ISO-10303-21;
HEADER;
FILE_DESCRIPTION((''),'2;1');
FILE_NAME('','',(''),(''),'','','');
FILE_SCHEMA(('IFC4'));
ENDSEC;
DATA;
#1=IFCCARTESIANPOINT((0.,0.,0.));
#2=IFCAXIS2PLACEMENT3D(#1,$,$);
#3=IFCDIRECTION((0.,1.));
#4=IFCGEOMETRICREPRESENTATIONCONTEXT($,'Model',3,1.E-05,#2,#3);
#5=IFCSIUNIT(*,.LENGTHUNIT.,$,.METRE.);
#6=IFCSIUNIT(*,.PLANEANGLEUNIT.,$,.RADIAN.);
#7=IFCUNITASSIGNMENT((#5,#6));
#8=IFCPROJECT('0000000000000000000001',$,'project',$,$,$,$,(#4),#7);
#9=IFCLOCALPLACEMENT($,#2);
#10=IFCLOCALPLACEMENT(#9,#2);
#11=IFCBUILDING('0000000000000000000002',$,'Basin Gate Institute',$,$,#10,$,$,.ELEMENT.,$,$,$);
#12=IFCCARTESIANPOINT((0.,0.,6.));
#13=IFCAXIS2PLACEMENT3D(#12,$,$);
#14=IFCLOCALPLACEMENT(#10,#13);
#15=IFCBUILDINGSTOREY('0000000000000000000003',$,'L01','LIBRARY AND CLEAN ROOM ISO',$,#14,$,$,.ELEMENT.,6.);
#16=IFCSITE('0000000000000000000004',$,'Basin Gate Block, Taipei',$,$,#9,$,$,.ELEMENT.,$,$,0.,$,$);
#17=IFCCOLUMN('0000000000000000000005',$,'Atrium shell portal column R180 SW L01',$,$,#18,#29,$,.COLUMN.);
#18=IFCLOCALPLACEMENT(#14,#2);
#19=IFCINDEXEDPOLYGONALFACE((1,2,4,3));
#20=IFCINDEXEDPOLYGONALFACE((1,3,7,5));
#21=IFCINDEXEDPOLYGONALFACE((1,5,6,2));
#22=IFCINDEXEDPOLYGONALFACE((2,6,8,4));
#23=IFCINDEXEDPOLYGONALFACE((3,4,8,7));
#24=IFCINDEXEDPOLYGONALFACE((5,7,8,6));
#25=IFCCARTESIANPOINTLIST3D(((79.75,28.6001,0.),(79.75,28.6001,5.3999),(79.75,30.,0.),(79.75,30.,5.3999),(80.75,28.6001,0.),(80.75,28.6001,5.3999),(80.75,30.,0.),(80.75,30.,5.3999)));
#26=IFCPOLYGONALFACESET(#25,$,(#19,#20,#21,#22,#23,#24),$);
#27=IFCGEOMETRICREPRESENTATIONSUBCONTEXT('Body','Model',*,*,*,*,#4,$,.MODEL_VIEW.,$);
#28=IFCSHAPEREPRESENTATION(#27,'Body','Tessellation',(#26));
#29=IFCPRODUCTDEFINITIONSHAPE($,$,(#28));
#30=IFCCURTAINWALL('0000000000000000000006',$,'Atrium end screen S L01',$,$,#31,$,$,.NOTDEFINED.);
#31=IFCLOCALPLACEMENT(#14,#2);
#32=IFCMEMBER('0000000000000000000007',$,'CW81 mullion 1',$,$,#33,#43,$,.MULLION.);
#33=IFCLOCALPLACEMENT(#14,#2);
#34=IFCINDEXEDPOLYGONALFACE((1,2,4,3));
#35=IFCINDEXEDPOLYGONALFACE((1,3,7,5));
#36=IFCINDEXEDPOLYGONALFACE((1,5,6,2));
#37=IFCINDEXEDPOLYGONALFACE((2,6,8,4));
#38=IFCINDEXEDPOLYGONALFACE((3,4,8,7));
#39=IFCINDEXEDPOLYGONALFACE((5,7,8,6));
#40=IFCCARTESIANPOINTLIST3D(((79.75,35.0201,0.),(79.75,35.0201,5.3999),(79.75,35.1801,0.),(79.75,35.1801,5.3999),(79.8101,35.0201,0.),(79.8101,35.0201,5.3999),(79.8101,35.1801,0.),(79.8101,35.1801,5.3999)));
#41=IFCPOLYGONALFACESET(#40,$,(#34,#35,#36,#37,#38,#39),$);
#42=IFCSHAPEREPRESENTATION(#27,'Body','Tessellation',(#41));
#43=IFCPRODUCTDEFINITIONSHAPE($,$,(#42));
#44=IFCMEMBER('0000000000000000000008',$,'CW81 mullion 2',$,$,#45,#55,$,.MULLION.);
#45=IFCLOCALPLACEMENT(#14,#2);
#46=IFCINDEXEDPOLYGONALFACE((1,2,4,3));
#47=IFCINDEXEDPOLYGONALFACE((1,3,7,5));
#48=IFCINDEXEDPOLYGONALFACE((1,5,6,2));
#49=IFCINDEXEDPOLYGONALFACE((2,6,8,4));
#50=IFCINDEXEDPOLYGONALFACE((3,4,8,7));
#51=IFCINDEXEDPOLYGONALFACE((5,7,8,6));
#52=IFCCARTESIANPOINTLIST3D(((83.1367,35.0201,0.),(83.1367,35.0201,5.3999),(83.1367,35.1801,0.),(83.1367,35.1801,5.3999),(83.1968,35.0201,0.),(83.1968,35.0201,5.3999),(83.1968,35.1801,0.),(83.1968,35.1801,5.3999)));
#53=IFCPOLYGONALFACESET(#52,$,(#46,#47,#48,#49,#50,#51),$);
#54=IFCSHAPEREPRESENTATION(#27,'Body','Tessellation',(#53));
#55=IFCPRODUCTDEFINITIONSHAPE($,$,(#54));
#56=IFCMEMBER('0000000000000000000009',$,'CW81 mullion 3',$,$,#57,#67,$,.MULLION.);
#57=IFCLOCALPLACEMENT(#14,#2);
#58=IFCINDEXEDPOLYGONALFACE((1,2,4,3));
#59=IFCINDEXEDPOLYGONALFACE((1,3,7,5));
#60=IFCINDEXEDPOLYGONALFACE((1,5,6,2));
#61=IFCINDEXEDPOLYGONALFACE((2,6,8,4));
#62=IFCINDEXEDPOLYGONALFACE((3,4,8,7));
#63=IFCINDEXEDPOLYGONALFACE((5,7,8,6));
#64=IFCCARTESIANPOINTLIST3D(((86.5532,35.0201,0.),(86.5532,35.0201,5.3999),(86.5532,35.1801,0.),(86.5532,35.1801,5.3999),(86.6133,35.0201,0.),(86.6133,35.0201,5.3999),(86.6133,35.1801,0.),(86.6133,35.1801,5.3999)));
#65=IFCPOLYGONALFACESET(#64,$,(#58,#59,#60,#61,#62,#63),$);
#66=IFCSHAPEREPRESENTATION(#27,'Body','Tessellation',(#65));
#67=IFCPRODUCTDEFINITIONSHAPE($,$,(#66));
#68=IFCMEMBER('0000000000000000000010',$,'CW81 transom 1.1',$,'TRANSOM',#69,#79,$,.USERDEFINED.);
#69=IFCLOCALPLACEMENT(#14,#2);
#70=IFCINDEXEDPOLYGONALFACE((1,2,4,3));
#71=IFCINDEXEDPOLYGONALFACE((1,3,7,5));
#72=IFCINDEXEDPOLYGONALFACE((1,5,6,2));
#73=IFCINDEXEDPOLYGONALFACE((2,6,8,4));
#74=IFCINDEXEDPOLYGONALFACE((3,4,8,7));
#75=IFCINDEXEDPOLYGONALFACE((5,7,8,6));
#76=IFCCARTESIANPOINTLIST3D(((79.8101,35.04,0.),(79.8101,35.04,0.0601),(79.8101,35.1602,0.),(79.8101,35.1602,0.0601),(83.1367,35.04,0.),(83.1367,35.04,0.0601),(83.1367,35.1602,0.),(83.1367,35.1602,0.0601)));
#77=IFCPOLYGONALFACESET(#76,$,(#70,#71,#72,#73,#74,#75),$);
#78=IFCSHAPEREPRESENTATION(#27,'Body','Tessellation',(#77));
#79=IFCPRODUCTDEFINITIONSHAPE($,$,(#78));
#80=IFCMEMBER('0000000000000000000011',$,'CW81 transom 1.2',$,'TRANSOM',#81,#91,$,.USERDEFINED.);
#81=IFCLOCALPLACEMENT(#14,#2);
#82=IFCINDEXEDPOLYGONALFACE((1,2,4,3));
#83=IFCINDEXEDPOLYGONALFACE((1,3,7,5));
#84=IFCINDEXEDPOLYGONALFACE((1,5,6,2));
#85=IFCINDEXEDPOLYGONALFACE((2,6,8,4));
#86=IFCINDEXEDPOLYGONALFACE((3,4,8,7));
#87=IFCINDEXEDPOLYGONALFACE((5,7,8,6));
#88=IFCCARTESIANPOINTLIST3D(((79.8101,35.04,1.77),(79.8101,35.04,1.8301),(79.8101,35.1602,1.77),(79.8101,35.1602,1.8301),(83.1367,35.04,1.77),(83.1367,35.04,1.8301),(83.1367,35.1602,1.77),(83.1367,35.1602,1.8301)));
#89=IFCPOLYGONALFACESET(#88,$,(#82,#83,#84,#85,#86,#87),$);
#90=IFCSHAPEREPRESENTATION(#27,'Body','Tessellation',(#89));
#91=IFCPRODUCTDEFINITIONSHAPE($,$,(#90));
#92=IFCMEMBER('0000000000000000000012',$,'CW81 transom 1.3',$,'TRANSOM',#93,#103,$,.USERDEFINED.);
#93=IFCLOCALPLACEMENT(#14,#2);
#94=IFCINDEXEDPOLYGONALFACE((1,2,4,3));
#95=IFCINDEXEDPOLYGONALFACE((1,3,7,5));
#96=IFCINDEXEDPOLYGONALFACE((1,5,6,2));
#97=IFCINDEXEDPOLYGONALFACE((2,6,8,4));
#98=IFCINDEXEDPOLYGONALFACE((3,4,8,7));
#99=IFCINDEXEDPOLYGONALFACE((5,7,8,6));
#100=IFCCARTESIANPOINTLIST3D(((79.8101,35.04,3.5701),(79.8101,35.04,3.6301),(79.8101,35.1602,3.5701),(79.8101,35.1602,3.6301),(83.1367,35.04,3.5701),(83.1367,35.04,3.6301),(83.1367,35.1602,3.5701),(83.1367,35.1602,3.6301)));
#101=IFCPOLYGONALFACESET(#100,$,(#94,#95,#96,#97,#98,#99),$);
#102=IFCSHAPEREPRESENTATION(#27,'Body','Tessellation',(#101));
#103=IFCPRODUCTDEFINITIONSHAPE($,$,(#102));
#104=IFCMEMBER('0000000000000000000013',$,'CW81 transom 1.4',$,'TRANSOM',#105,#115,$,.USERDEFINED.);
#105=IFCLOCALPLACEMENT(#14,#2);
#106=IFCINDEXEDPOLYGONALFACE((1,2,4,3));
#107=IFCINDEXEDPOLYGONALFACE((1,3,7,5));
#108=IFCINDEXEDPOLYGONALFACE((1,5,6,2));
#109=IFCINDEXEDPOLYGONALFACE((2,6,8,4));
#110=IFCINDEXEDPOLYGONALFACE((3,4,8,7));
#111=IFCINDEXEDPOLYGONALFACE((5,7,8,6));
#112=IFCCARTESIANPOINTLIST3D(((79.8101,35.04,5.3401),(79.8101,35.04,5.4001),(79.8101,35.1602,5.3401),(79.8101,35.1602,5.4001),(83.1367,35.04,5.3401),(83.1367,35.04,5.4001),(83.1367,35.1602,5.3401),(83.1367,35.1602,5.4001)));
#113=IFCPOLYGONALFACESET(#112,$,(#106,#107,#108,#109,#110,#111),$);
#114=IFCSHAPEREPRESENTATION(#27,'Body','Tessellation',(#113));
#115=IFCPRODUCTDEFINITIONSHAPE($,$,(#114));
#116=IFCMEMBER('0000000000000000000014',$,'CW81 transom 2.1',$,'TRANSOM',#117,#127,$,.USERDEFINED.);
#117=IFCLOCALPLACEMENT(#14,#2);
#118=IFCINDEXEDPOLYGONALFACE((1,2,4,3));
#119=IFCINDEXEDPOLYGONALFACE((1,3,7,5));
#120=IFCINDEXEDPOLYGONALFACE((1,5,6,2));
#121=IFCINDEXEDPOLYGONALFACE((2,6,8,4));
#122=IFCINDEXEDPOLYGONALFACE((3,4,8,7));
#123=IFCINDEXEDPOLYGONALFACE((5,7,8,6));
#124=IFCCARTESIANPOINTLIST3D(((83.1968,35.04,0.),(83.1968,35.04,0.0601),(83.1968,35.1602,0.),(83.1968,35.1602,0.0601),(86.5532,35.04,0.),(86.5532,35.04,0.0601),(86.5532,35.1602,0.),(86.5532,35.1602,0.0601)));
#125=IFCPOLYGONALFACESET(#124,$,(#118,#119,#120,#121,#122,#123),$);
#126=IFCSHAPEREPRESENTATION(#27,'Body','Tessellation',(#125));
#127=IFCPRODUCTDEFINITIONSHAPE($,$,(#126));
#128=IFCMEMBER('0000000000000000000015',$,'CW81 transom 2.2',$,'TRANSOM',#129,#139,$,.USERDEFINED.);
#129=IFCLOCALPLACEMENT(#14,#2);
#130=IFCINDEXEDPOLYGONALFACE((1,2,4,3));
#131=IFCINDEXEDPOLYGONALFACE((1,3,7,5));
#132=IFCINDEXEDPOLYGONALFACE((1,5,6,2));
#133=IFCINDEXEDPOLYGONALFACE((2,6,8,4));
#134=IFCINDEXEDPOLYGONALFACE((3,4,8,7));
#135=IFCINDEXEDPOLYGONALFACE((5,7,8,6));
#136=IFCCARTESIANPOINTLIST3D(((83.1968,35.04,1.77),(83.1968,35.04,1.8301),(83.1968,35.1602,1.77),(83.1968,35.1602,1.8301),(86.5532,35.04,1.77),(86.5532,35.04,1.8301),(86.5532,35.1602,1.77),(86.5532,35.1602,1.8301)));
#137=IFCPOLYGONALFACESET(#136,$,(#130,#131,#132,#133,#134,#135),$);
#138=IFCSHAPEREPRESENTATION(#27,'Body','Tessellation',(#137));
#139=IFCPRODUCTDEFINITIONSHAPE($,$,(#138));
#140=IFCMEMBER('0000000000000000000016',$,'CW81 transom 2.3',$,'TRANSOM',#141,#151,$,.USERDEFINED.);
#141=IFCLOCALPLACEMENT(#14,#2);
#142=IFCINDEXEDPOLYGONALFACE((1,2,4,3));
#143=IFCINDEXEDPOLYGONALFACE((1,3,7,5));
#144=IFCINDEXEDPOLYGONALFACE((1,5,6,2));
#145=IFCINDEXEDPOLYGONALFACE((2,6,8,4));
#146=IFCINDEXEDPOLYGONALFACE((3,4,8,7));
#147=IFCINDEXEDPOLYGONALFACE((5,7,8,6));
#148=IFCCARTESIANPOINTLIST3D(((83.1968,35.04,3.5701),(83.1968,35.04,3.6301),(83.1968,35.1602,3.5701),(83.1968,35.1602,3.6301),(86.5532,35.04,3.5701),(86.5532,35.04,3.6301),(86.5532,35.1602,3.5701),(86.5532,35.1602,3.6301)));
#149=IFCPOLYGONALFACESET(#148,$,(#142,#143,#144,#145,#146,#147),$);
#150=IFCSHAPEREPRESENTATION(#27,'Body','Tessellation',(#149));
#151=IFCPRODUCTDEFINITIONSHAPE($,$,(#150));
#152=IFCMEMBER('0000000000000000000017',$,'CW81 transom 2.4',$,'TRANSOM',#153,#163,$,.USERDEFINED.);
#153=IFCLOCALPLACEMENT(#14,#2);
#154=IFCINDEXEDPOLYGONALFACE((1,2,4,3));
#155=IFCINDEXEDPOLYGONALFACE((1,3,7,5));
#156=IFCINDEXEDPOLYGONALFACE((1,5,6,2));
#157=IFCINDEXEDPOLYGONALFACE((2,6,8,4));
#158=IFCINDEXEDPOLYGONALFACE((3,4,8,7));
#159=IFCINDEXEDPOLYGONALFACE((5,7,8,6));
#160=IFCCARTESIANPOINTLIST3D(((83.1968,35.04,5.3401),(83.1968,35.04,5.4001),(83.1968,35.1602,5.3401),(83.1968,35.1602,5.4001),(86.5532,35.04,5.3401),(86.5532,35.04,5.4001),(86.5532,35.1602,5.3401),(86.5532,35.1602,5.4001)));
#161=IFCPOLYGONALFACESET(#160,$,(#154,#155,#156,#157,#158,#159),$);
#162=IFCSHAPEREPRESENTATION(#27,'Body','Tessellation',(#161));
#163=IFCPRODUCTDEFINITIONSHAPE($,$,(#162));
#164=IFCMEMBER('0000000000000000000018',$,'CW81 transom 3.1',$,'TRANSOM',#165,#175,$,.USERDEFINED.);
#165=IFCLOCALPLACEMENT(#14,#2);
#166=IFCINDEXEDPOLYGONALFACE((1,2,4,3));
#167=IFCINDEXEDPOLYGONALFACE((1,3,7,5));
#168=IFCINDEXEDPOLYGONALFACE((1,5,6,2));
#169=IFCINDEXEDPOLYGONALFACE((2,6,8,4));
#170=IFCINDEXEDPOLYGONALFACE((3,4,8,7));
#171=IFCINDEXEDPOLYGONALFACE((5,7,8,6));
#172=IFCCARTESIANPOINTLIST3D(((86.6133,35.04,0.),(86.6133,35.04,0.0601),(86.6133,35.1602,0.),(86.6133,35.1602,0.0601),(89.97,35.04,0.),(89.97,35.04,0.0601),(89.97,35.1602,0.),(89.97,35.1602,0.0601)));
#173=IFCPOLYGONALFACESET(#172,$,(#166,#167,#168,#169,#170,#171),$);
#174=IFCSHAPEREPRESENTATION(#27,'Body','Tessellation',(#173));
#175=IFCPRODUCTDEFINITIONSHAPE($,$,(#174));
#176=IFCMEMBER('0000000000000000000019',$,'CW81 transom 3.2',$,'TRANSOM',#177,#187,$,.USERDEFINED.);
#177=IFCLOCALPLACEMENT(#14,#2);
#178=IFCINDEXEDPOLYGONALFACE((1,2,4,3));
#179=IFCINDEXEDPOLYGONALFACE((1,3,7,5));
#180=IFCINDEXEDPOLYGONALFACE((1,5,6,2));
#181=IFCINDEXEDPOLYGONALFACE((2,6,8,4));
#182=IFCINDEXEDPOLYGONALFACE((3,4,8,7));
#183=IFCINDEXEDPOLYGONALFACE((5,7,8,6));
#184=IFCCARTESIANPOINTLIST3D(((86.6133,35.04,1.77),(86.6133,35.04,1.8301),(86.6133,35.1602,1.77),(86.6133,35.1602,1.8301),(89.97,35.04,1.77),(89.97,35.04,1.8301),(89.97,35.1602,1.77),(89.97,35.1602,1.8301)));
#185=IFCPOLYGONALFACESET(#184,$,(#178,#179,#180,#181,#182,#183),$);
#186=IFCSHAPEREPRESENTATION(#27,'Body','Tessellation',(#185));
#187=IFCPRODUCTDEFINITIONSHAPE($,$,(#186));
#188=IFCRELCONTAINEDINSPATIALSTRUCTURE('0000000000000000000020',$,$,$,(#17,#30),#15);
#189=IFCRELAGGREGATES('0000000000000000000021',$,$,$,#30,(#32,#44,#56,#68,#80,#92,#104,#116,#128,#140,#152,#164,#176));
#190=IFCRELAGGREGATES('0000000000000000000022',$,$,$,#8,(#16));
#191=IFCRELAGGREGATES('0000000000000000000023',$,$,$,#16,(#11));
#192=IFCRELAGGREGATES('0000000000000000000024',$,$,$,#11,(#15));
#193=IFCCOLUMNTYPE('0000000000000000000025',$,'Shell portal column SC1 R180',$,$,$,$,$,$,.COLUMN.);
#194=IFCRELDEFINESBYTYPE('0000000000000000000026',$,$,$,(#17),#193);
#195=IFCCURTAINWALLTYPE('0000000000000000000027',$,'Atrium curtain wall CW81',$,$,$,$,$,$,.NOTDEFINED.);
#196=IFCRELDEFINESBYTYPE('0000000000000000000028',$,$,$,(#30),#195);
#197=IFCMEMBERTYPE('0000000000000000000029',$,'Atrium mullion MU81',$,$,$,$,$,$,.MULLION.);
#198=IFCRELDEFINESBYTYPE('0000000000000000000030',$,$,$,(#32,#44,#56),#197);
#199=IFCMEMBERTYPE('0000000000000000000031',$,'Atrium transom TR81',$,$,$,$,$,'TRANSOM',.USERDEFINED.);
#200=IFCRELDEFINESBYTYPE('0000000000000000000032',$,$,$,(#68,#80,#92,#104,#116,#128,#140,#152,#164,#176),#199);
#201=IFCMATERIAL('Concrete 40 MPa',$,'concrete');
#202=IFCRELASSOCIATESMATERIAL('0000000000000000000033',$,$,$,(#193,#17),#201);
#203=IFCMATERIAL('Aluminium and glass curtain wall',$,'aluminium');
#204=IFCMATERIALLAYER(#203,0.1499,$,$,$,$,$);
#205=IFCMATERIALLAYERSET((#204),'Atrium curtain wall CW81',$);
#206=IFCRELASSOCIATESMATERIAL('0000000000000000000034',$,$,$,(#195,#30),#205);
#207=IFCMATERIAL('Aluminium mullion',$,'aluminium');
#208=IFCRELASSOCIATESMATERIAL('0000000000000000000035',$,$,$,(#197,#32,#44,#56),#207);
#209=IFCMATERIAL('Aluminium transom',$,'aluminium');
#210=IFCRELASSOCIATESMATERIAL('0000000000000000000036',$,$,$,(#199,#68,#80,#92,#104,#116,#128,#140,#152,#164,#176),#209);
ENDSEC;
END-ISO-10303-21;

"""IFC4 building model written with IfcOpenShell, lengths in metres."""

from ifc_helpers import new_model, si_unit, direction, frame, origin, origin_2d, place, context, subcontext, project, spatial, rectangle, extrude, material, layer, layer_set, material_profile, profile_set, type_object, element, aggregate, save


model = new_model("IFC4")

# Units and contexts
model_context = context("Model", 3, precision=1e-05, world=origin(), true_north=direction((0.0, 1.0)))
body_context = subcontext(model_context, "Body", "Model", "MODEL_VIEW")
ifc_project = project(units=[si_unit("LENGTHUNIT", "METRE"), si_unit("PLANEANGLEUNIT", "RADIAN")], contexts=[model_context])

# Site, building, storey
site_placement = place(None, origin())
site = spatial("IfcSite", under=ifc_project, at=site_placement, Name="Basin Gate Block, Taipei", CompositionType="ELEMENT", RefElevation=0.0)
building_placement = place(site_placement, origin())
building = spatial("IfcBuilding", under=site, at=building_placement, Name="Basin Gate Institute", CompositionType="ELEMENT")
storey_placement = place(building_placement, frame((0.0, 0.0, 6.0)))
storey = spatial("IfcBuildingStorey", under=building, at=storey_placement, Name="L01", Description="LIBRARY AND CLEAN ROOM ISO", CompositionType="ELEMENT", Elevation=6.0)

# Column
ifc_material_1 = material(Name="Concrete 40 MPa", Category="concrete")
ifc_material_profile_1 = material_profile(ifc_material_1, rectangle(XDim=1.0, YDim=1.3999, at=origin_2d()), Name="Shell portal column SC1 1000 x 1400")
ifc_profile_set_1 = profile_set([ifc_material_profile_1], Name="Concrete 40 MPa")
column_type = type_object("IfcColumnType", Name="Shell portal column SC1 R180", PredefinedType="COLUMN", material=ifc_profile_set_1)
column_placement = place(storey_placement, frame((80.25, 29.3, 0.0), z_axis=(0.0, 0.0, 1.0), x_axis=(1.0, 0.0, 0.0)))
element("IfcColumn", 1, at=column_placement, inside=storey, type_object=column_type, material=ifc_profile_set_1, Name="Atrium shell portal column R180 SW L01", PredefinedType="COLUMN", context=body_context, shape_type="SweptSolid", body=[
    extrude(rectangle(XDim=1.0, YDim=1.3999, at=origin_2d()), origin(), (0.0, 0.0, 1.0), 5.3999),
])

# Curtain wall, members
ifc_material_2 = material(Name="Aluminium and glass curtain wall", Category="aluminium")
ifc_layer_1 = layer(ifc_material_2, 0.1499)
ifc_layer_set_1 = layer_set([ifc_layer_1], Name="Atrium curtain wall CW81")
curtain_wall_type_1 = type_object("IfcCurtainWallType", Name="Atrium curtain wall CW81", PredefinedType="NOTDEFINED", material=ifc_layer_set_1)
curtain_wall_1_placement = place(storey_placement, origin())
curtain_wall_1 = element("IfcCurtainWall", 2, at=curtain_wall_1_placement, inside=storey, type_object=curtain_wall_type_1, material=ifc_layer_set_1, Name="Atrium end screen S L01", PredefinedType="NOTDEFINED")
ifc_material_3 = material(Name="Aluminium mullion", Category="aluminium")
ifc_material_profile_2 = material_profile(ifc_material_3, rectangle(XDim=0.1599, YDim=0.0601, at=origin_2d()), Name="Atrium mullion MU81 160 x 60")
ifc_profile_set_2 = profile_set([ifc_material_profile_2], Name="Aluminium mullion")
member_type_1 = type_object("IfcMemberType", Name="Atrium mullion MU81", PredefinedType="MULLION", material=ifc_profile_set_2)
member_1_placement = place(storey_placement, frame((79.78, 35.1001, 0.0), z_axis=(0.0, 0.0, 1.0), x_axis=(0.0, 1.0, 0.0)))
member_1 = element("IfcMember", 3, at=member_1_placement, type_object=member_type_1, material=ifc_profile_set_2, Name="CW81 mullion 1", PredefinedType="MULLION", context=body_context, shape_type="SweptSolid", body=[
    extrude(rectangle(XDim=0.1599, YDim=0.0601, at=origin_2d()), origin(), (0.0, 0.0, 1.0), 5.3999),
])
member_2_placement = place(storey_placement, frame((83.1667, 35.1001, 0.0), z_axis=(0.0, 0.0, 1.0), x_axis=(0.0, 1.0, 0.0)))
member_2 = element("IfcMember", 4, at=member_2_placement, type_object=member_type_1, material=ifc_profile_set_2, Name="CW81 mullion 2", PredefinedType="MULLION", context=body_context, shape_type="SweptSolid", body=[
    extrude(rectangle(XDim=0.1599, YDim=0.0601, at=origin_2d()), origin(), (0.0, 0.0, 1.0), 5.3999),
])
member_3_placement = place(storey_placement, frame((86.5833, 35.1001, 0.0), z_axis=(0.0, 0.0, 1.0), x_axis=(0.0, 1.0, 0.0)))
member_3 = element("IfcMember", 5, at=member_3_placement, type_object=member_type_1, material=ifc_profile_set_2, Name="CW81 mullion 3", PredefinedType="MULLION", context=body_context, shape_type="SweptSolid", body=[
    extrude(rectangle(XDim=0.1599, YDim=0.0601, at=origin_2d()), origin(), (0.0, 0.0, 1.0), 5.3999),
])
ifc_material_4 = material(Name="Aluminium transom", Category="aluminium")
ifc_material_profile_3 = material_profile(ifc_material_4, rectangle(XDim=0.1201, YDim=0.0601, at=origin_2d()), Name="Atrium transom TR81 120 x 60")
ifc_profile_set_3 = profile_set([ifc_material_profile_3], Name="Aluminium transom")
member_type_2 = type_object("IfcMemberType", Name="Atrium transom TR81", ElementType="TRANSOM", PredefinedType="USERDEFINED", material=ifc_profile_set_3)
member_4_placement = place(storey_placement, frame((79.8101, 35.1001, 0.03), z_axis=(1.0, 0.0, 0.0), x_axis=(0.0, 1.0, 0.0)))
member_4 = element("IfcMember", 6, at=member_4_placement, type_object=member_type_2, material=ifc_profile_set_3, Name="CW81 transom 1.1", ObjectType="TRANSOM", PredefinedType="USERDEFINED", context=body_context, shape_type="SweptSolid", body=[
    extrude(rectangle(XDim=0.1201, YDim=0.0601, at=origin_2d()), origin(), (0.0, 0.0, 1.0), 3.3267),
])
member_5_placement = place(storey_placement, frame((79.8101, 35.1001, 1.8), z_axis=(1.0, 0.0, 0.0), x_axis=(0.0, 1.0, 0.0)))
member_5 = element("IfcMember", 7, at=member_5_placement, type_object=member_type_2, material=ifc_profile_set_3, Name="CW81 transom 1.2", ObjectType="TRANSOM", PredefinedType="USERDEFINED", context=body_context, shape_type="SweptSolid", body=[
    extrude(rectangle(XDim=0.1201, YDim=0.0601, at=origin_2d()), origin(), (0.0, 0.0, 1.0), 3.3267),
])
member_6_placement = place(storey_placement, frame((79.8101, 35.1001, 3.6001), z_axis=(1.0, 0.0, 0.0), x_axis=(0.0, 1.0, 0.0)))
member_6 = element("IfcMember", 8, at=member_6_placement, type_object=member_type_2, material=ifc_profile_set_3, Name="CW81 transom 1.3", ObjectType="TRANSOM", PredefinedType="USERDEFINED", context=body_context, shape_type="SweptSolid", body=[
    extrude(rectangle(XDim=0.1201, YDim=0.0601, at=origin_2d()), origin(), (0.0, 0.0, 1.0), 3.3267),
])
member_7_placement = place(storey_placement, frame((79.8101, 35.1001, 5.3701), z_axis=(1.0, 0.0, 0.0), x_axis=(0.0, 1.0, 0.0)))
member_7 = element("IfcMember", 9, at=member_7_placement, type_object=member_type_2, material=ifc_profile_set_3, Name="CW81 transom 1.4", ObjectType="TRANSOM", PredefinedType="USERDEFINED", context=body_context, shape_type="SweptSolid", body=[
    extrude(rectangle(XDim=0.1201, YDim=0.0601, at=origin_2d()), origin(), (0.0, 0.0, 1.0), 3.3267),
])
member_8_placement = place(storey_placement, frame((83.1968, 35.1001, 0.03), z_axis=(1.0, 0.0, 0.0), x_axis=(0.0, 1.0, 0.0)))
member_8 = element("IfcMember", 10, at=member_8_placement, type_object=member_type_2, material=ifc_profile_set_3, Name="CW81 transom 2.1", ObjectType="TRANSOM", PredefinedType="USERDEFINED", context=body_context, shape_type="SweptSolid", body=[
    extrude(rectangle(XDim=0.1201, YDim=0.0601, at=origin_2d()), origin(), (0.0, 0.0, 1.0), 3.3564),
])
member_9_placement = place(storey_placement, frame((83.1968, 35.1001, 1.8), z_axis=(1.0, 0.0, 0.0), x_axis=(0.0, 1.0, 0.0)))
member_9 = element("IfcMember", 11, at=member_9_placement, type_object=member_type_2, material=ifc_profile_set_3, Name="CW81 transom 2.2", ObjectType="TRANSOM", PredefinedType="USERDEFINED", context=body_context, shape_type="SweptSolid", body=[
    extrude(rectangle(XDim=0.1201, YDim=0.0601, at=origin_2d()), origin(), (0.0, 0.0, 1.0), 3.3564),
])
member_10_placement = place(storey_placement, frame((83.1968, 35.1001, 3.6001), z_axis=(1.0, 0.0, 0.0), x_axis=(0.0, 1.0, 0.0)))
member_10 = element("IfcMember", 12, at=member_10_placement, type_object=member_type_2, material=ifc_profile_set_3, Name="CW81 transom 2.3", ObjectType="TRANSOM", PredefinedType="USERDEFINED", context=body_context, shape_type="SweptSolid", body=[
    extrude(rectangle(XDim=0.1201, YDim=0.0601, at=origin_2d()), origin(), (0.0, 0.0, 1.0), 3.3564),
])
member_11_placement = place(storey_placement, frame((83.1968, 35.1001, 5.3701), z_axis=(1.0, 0.0, 0.0), x_axis=(0.0, 1.0, 0.0)))
member_11 = element("IfcMember", 13, at=member_11_placement, type_object=member_type_2, material=ifc_profile_set_3, Name="CW81 transom 2.4", ObjectType="TRANSOM", PredefinedType="USERDEFINED", context=body_context, shape_type="SweptSolid", body=[
    extrude(rectangle(XDim=0.1201, YDim=0.0601, at=origin_2d()), origin(), (0.0, 0.0, 1.0), 3.3564),
])
member_12_placement = place(storey_placement, frame((86.6133, 35.1001, 0.03), z_axis=(1.0, 0.0, 0.0), x_axis=(0.0, 1.0, 0.0)))
member_12 = element("IfcMember", 14, at=member_12_placement, type_object=member_type_2, material=ifc_profile_set_3, Name="CW81 transom 3.1", ObjectType="TRANSOM", PredefinedType="USERDEFINED", context=body_context, shape_type="SweptSolid", body=[
    extrude(rectangle(XDim=0.1201, YDim=0.0601, at=origin_2d()), origin(), (0.0, 0.0, 1.0), 3.3567),
])
member_13_placement = place(storey_placement, frame((86.6133, 35.1001, 1.8), z_axis=(1.0, 0.0, 0.0), x_axis=(0.0, 1.0, 0.0)))
member_13 = element("IfcMember", 15, at=member_13_placement, type_object=member_type_2, material=ifc_profile_set_3, Name="CW81 transom 3.2", ObjectType="TRANSOM", PredefinedType="USERDEFINED", context=body_context, shape_type="SweptSolid", body=[
    extrude(rectangle(XDim=0.1201, YDim=0.0601, at=origin_2d()), origin(), (0.0, 0.0, 1.0), 3.3567),
])

aggregate(curtain_wall_1, [member_1, member_2, member_3, member_4, member_5, member_6, member_7, member_8, member_9, member_10, member_11, member_12, member_13])

save(model, "model.ifc")
